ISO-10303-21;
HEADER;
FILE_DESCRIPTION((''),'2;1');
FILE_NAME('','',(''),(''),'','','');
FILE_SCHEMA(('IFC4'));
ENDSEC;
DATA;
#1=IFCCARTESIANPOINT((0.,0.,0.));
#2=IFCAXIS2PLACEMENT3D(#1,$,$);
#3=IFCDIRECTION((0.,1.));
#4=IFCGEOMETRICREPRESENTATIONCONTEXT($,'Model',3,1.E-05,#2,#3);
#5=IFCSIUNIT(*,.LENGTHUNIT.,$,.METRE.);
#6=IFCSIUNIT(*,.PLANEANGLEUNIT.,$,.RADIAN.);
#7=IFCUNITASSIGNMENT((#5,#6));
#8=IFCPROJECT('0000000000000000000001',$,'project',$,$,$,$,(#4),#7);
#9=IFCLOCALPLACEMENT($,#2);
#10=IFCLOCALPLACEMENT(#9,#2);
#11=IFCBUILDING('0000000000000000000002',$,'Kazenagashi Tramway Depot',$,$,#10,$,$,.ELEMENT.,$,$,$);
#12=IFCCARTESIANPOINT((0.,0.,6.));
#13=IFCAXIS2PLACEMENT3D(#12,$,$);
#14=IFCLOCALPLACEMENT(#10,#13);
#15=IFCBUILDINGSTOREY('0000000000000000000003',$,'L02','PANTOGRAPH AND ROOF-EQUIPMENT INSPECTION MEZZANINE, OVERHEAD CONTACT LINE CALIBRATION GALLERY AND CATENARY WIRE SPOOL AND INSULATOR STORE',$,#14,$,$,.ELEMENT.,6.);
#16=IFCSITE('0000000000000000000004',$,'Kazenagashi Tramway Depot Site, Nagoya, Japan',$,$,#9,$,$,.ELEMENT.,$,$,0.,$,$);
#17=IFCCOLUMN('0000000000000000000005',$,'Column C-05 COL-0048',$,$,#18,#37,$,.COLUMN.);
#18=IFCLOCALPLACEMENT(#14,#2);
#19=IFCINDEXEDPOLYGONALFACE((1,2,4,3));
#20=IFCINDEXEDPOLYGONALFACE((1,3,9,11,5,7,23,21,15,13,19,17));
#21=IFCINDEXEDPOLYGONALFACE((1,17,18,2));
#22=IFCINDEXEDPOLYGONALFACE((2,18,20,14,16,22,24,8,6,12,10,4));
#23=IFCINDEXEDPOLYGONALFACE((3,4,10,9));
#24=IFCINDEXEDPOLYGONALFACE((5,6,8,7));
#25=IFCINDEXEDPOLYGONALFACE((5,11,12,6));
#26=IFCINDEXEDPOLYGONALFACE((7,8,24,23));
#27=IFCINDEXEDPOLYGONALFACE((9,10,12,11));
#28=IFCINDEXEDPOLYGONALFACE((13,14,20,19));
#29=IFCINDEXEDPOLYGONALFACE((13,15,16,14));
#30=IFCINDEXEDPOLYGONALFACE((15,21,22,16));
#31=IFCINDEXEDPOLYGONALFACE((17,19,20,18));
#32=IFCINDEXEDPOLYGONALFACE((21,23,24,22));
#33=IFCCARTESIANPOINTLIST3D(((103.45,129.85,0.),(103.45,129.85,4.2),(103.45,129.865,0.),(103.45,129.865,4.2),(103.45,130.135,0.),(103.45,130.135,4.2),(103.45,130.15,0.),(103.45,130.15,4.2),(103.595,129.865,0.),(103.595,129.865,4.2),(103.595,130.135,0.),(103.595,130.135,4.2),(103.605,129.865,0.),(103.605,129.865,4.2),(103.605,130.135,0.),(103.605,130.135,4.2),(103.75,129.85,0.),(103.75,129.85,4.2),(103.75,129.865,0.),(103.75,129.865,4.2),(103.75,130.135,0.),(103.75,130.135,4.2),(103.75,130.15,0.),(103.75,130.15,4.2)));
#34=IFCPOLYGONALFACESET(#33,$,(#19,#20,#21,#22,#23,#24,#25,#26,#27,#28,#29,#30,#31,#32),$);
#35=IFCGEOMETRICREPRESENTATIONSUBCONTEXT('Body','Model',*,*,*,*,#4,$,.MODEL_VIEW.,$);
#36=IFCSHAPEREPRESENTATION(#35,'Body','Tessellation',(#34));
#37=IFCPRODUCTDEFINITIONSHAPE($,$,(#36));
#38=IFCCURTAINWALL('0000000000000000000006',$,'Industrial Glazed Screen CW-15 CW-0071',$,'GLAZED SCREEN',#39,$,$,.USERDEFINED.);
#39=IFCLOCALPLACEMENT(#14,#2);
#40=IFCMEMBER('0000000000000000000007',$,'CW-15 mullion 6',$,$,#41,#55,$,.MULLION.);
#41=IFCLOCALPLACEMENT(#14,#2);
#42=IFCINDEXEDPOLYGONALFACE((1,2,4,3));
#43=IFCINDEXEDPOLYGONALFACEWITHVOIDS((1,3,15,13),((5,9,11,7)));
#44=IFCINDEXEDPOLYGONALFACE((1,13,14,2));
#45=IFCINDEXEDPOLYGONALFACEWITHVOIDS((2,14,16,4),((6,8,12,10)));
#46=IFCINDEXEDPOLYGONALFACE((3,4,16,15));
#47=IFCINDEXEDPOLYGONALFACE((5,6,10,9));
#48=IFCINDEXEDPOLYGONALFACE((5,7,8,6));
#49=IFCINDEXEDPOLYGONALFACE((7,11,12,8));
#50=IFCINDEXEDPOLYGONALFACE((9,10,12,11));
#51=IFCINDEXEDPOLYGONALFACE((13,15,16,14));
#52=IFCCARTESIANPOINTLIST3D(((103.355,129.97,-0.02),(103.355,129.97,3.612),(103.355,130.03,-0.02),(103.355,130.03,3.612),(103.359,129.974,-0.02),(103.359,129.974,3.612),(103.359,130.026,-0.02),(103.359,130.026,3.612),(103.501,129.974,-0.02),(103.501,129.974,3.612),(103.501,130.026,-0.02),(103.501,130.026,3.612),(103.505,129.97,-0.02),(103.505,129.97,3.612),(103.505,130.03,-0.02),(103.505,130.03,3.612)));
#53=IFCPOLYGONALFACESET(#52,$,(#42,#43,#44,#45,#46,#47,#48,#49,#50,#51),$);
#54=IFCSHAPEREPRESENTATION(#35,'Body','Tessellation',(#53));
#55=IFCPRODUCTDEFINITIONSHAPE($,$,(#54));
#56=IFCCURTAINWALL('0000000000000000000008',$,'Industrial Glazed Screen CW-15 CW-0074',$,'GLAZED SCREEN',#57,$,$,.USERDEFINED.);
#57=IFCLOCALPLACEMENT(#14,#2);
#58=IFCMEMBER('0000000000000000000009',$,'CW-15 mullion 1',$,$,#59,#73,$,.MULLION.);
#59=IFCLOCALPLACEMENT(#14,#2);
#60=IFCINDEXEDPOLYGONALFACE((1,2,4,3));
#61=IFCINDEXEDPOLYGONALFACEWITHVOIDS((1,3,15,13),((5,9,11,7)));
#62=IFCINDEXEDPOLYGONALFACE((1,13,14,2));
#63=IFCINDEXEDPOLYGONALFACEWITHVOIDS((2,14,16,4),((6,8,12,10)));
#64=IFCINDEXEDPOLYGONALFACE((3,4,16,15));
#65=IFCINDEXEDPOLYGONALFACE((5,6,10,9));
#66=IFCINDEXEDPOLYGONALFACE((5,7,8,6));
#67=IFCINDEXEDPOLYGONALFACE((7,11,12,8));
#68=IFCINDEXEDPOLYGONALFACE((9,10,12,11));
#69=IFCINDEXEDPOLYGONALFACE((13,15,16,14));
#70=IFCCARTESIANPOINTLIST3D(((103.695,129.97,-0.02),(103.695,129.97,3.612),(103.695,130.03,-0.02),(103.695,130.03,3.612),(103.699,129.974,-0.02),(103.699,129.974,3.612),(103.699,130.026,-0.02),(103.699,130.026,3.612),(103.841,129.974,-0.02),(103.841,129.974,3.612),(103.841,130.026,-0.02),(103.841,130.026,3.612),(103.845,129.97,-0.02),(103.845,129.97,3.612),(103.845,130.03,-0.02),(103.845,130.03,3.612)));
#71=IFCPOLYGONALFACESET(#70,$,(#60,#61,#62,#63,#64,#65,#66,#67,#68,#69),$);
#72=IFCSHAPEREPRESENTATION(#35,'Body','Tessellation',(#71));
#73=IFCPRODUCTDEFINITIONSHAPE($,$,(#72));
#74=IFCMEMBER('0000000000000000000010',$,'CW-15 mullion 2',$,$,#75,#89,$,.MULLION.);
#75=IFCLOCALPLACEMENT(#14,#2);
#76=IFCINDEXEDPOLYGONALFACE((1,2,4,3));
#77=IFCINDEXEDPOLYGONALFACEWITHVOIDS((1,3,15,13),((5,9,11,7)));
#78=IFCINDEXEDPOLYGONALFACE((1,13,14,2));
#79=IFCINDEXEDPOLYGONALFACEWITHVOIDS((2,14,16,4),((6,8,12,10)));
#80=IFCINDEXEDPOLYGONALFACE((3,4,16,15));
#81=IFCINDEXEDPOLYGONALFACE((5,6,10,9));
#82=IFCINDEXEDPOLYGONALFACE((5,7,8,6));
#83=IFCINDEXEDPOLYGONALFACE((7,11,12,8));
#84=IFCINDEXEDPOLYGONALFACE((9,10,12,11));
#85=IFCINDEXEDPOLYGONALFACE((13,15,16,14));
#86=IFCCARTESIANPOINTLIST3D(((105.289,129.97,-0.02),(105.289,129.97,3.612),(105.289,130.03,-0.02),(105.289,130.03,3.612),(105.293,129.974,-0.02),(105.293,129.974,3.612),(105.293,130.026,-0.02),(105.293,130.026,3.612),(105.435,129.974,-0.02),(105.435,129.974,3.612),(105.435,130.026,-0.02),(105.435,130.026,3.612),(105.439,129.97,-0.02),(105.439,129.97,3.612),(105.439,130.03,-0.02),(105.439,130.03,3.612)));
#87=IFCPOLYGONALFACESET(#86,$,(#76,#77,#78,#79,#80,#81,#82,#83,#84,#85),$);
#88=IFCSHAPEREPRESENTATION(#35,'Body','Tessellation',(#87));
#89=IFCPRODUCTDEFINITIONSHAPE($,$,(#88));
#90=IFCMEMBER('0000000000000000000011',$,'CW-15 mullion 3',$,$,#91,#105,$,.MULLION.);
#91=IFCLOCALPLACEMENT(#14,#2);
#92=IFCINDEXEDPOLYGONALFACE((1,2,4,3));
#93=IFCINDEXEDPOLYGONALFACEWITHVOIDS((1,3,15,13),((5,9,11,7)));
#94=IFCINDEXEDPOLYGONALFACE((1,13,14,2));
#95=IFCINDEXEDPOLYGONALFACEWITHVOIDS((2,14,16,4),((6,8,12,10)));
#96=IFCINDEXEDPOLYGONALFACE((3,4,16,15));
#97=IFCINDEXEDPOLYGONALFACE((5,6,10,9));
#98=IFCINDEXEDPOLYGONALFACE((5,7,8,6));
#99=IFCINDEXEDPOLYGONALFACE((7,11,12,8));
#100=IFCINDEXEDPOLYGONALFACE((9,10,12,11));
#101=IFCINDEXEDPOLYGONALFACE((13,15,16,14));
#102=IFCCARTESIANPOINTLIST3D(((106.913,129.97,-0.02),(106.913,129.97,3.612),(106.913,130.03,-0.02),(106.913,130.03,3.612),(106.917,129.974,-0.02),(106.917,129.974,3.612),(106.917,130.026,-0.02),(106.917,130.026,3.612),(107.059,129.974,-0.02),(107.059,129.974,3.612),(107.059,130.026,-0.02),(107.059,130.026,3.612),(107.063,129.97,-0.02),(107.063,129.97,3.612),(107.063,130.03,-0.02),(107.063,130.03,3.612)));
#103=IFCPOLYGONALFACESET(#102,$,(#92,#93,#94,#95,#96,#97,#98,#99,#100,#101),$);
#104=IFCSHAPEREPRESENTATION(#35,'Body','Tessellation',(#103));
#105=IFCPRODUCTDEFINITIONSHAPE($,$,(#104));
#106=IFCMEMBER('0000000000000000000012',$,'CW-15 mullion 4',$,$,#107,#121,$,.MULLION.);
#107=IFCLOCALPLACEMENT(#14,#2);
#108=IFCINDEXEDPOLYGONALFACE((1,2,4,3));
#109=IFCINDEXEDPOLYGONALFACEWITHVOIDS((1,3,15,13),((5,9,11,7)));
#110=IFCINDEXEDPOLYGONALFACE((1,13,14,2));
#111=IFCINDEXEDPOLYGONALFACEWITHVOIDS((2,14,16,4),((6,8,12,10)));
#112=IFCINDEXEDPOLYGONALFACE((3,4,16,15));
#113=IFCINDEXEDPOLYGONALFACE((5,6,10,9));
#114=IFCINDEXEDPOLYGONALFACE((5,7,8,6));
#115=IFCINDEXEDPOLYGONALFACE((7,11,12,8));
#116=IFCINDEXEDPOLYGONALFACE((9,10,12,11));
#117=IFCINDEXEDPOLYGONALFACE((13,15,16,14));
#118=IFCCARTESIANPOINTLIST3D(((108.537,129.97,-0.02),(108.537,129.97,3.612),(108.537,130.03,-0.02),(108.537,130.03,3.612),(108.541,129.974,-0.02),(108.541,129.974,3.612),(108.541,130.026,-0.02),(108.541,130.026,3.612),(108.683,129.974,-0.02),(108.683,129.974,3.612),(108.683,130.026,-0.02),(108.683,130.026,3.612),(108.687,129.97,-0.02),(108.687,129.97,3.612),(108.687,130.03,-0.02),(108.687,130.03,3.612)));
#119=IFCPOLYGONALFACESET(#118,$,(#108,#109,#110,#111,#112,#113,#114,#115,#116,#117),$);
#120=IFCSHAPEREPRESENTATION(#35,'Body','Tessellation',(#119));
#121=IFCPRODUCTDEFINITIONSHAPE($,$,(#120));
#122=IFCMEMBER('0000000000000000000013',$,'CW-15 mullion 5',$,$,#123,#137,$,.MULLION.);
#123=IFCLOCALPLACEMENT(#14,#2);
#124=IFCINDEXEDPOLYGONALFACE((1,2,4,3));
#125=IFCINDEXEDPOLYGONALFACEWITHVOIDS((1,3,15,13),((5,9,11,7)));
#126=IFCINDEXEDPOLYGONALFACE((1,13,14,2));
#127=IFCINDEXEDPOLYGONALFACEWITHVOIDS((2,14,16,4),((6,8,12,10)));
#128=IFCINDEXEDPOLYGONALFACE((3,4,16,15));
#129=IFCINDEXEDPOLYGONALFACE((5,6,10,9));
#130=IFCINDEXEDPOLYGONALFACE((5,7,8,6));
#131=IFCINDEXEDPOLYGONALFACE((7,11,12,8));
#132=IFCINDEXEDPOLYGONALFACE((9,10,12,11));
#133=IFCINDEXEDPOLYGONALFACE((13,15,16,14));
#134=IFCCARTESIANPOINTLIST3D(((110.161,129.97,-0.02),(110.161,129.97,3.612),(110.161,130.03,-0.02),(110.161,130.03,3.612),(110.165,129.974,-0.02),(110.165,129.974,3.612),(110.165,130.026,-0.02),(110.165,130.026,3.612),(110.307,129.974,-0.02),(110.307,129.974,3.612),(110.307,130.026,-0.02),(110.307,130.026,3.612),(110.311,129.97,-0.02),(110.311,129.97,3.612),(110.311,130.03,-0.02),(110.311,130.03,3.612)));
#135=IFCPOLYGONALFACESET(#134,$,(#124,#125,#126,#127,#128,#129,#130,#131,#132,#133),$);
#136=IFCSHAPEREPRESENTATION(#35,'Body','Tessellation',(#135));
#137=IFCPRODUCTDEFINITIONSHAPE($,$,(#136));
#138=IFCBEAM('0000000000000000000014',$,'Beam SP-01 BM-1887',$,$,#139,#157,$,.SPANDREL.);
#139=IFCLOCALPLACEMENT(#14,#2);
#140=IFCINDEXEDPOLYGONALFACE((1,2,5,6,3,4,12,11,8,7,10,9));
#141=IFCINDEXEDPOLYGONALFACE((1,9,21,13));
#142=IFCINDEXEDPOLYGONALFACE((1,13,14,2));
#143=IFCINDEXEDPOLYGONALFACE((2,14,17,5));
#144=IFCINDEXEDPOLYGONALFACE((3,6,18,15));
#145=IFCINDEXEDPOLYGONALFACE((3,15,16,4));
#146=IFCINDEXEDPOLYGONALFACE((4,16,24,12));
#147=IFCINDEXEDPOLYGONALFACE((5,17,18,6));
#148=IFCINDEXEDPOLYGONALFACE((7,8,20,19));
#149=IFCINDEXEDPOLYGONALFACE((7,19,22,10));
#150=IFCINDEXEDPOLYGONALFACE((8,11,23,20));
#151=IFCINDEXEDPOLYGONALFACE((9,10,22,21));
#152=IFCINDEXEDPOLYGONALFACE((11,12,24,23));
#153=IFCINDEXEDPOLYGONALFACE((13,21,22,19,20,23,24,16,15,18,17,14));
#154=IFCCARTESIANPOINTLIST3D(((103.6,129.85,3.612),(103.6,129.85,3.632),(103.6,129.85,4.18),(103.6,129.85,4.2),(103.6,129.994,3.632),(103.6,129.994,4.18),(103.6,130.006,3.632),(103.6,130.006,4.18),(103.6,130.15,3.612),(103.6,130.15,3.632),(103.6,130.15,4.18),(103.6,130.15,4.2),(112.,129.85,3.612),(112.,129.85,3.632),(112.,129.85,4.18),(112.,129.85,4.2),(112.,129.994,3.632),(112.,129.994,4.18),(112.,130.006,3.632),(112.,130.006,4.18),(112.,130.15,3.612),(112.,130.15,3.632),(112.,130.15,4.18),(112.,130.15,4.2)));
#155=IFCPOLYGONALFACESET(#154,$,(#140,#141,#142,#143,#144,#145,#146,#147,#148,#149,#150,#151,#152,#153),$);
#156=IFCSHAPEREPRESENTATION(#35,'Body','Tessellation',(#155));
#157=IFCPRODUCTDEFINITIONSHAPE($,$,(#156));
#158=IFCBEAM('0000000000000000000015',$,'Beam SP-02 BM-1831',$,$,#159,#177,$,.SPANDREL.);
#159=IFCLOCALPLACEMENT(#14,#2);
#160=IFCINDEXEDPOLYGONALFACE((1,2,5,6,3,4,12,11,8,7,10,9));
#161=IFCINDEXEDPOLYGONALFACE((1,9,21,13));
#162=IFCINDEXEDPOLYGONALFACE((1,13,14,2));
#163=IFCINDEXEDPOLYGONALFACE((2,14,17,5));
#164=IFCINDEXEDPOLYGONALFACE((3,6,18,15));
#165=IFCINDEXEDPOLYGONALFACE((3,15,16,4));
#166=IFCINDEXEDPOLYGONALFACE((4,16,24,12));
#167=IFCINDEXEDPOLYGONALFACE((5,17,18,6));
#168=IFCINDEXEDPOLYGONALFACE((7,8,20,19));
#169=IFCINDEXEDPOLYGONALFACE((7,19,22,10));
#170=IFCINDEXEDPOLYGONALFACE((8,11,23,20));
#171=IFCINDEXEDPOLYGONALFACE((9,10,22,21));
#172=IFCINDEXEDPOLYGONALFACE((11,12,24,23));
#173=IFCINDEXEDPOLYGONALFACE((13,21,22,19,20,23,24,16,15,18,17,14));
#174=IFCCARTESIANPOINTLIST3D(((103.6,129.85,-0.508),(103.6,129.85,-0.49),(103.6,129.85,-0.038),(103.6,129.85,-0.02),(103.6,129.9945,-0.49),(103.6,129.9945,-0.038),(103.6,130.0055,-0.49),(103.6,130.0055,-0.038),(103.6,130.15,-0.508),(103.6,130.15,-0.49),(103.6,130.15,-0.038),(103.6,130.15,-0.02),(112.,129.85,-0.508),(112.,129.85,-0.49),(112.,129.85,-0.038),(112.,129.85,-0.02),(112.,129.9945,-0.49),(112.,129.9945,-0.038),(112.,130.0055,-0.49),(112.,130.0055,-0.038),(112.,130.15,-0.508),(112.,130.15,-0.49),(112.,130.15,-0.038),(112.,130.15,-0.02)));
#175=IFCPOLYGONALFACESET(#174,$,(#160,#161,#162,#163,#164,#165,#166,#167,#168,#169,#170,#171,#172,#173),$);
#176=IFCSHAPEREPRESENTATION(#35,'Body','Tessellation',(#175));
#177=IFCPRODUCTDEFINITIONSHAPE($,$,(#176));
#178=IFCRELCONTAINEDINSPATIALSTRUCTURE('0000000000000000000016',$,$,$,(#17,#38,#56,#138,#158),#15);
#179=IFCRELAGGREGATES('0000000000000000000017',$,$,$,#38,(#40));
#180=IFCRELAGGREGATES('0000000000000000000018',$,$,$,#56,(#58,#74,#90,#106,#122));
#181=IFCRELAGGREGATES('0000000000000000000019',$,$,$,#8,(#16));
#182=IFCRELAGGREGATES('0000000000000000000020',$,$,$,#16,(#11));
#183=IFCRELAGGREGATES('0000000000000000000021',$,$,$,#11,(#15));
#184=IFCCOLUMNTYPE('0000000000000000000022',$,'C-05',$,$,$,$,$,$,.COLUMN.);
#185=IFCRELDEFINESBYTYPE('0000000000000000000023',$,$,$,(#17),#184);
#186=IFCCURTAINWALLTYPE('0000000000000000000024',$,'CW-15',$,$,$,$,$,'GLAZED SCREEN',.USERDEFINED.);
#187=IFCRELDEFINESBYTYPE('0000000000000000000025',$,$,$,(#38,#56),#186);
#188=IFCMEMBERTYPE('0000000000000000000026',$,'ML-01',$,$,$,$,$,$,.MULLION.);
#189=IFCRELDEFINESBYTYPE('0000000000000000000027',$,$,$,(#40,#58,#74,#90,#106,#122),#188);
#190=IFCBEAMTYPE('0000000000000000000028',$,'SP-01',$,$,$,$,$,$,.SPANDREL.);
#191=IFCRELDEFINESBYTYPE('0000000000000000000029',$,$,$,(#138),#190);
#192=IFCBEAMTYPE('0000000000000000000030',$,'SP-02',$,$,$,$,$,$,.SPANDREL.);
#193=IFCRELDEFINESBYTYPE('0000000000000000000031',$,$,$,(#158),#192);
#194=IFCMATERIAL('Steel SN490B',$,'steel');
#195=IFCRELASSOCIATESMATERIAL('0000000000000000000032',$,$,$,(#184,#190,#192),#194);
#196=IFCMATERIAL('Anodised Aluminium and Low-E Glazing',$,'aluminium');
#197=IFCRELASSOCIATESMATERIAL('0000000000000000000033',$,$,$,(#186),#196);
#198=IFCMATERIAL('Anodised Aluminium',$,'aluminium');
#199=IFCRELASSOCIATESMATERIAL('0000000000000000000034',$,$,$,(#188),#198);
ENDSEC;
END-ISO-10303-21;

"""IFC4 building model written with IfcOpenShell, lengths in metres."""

from ifc_helpers import new_model, si_unit, direction, frame, origin, origin_2d, place, context, subcontext, project, spatial, hollow_rectangle, i_section, extrude, material, material_profile, profile_set, type_object, element, aggregate, save


model = new_model("IFC4")

# Units and contexts
model_context = context("Model", 3, precision=1e-05, world=origin(), true_north=direction((0.0, 1.0)))
body_context = subcontext(model_context, "Body", "Model", "MODEL_VIEW")
ifc_project = project(units=[si_unit("LENGTHUNIT", "METRE"), si_unit("PLANEANGLEUNIT", "RADIAN")], contexts=[model_context])

# Site, building, storey
site_placement = place(None, origin())
site = spatial("IfcSite", under=ifc_project, at=site_placement, Name="Kazenagashi Tramway Depot Site, Nagoya, Japan", CompositionType="ELEMENT", RefElevation=0.0)
building_placement = place(site_placement, origin())
building = spatial("IfcBuilding", under=site, at=building_placement, Name="Kazenagashi Tramway Depot", CompositionType="ELEMENT")
storey_placement = place(building_placement, frame((0.0, 0.0, 6.0)))
storey = spatial("IfcBuildingStorey", under=building, at=storey_placement, Name="L02", Description="PANTOGRAPH AND ROOF-EQUIPMENT INSPECTION MEZZANINE, OVERHEAD CONTACT LINE CALIBRATION GALLERY AND CATENARY WIRE SPOOL AND INSULATOR STORE", CompositionType="ELEMENT", Elevation=6.0)

# Column
ifc_material_1 = material(Name="Steel SN490B", Category="steel")
ifc_material_profile_1 = material_profile(ifc_material_1, i_section(OverallWidth=0.3, OverallDepth=0.3, WebThickness=0.01, FlangeThickness=0.015, at=origin_2d()), Name="H-300x300x10x15")
ifc_profile_set_1 = profile_set([ifc_material_profile_1], Name="Steel SN490B")
column_type = type_object("IfcColumnType", Name="C-05", PredefinedType="COLUMN", material=ifc_profile_set_1)
column_placement = place(storey_placement, frame((103.6, 130.0, 0.0), z_axis=(0.0, 0.0, 1.0), x_axis=(1.0, 0.0, 0.0)))
element("IfcColumn", 1, at=column_placement, inside=storey, type_object=column_type, Name="Column C-05 COL-0048", PredefinedType="COLUMN", context=body_context, shape_type="SweptSolid", body=[
    extrude(i_section(OverallWidth=0.3, OverallDepth=0.3, WebThickness=0.01, FlangeThickness=0.015, at=origin_2d()), origin(), (0.0, 0.0, 1.0), 4.2),
])

# Curtain wall, member
ifc_material_2 = material(Name="Anodised Aluminium and Low-E Glazing", Category="aluminium")
curtain_wall_type = type_object("IfcCurtainWallType", Name="CW-15", ElementType="GLAZED SCREEN", PredefinedType="USERDEFINED", material=ifc_material_2)
curtain_wall_1_placement = place(storey_placement, origin())
curtain_wall_1 = element("IfcCurtainWall", 2, at=curtain_wall_1_placement, inside=storey, type_object=curtain_wall_type, Name="Industrial Glazed Screen CW-15 CW-0071", ObjectType="GLAZED SCREEN", PredefinedType="USERDEFINED")
ifc_material_3 = material(Name="Anodised Aluminium", Category="aluminium")
ifc_material_profile_2 = material_profile(ifc_material_3, hollow_rectangle(XDim=0.06, YDim=0.15, WallThickness=0.004, at=origin_2d()), Name="RHS-150x60x4")
ifc_profile_set_2 = profile_set([ifc_material_profile_2], Name="Anodised Aluminium")
member_type_1 = type_object("IfcMemberType", Name="ML-01", PredefinedType="MULLION", material=ifc_profile_set_2)
member_1_placement = place(storey_placement, frame((103.43, 130.0, -0.02), z_axis=(0.0, 0.0, 1.0), x_axis=(0.0, 1.0, 0.0)))
member_1 = element("IfcMember", 3, at=member_1_placement, type_object=member_type_1, Name="CW-15 mullion 6", PredefinedType="MULLION", context=body_context, shape_type="SweptSolid", body=[
    extrude(hollow_rectangle(XDim=0.06, YDim=0.15, WallThickness=0.004, at=origin_2d()), origin(), (0.0, 0.0, 1.0), 3.632),
])

# Curtain wall, members
curtain_wall_2_placement = place(storey_placement, origin())
curtain_wall_2 = element("IfcCurtainWall", 4, at=curtain_wall_2_placement, inside=storey, type_object=curtain_wall_type, Name="Industrial Glazed Screen CW-15 CW-0074", ObjectType="GLAZED SCREEN", PredefinedType="USERDEFINED")
member_2_placement = place(storey_placement, frame((103.77, 130.0, -0.02), z_axis=(0.0, 0.0, 1.0), x_axis=(0.0, 1.0, 0.0)))
member_2 = element("IfcMember", 5, at=member_2_placement, type_object=member_type_1, Name="CW-15 mullion 1", PredefinedType="MULLION", context=body_context, shape_type="SweptSolid", body=[
    extrude(hollow_rectangle(XDim=0.06, YDim=0.15, WallThickness=0.004, at=origin_2d()), origin(), (0.0, 0.0, 1.0), 3.632),
])
member_3_placement = place(storey_placement, frame((105.364, 130.0, -0.02), z_axis=(0.0, 0.0, 1.0), x_axis=(0.0, 1.0, 0.0)))
member_3 = element("IfcMember", 6, at=member_3_placement, type_object=member_type_1, Name="CW-15 mullion 2", PredefinedType="MULLION", context=body_context, shape_type="SweptSolid", body=[
    extrude(hollow_rectangle(XDim=0.06, YDim=0.15, WallThickness=0.004, at=origin_2d()), origin(), (0.0, 0.0, 1.0), 3.632),
])
member_4_placement = place(storey_placement, frame((106.988, 130.0, -0.02), z_axis=(0.0, 0.0, 1.0), x_axis=(0.0, 1.0, 0.0)))
member_4 = element("IfcMember", 7, at=member_4_placement, type_object=member_type_1, Name="CW-15 mullion 3", PredefinedType="MULLION", context=body_context, shape_type="SweptSolid", body=[
    extrude(hollow_rectangle(XDim=0.06, YDim=0.15, WallThickness=0.004, at=origin_2d()), origin(), (0.0, 0.0, 1.0), 3.632),
])
member_5_placement = place(storey_placement, frame((108.612, 130.0, -0.02), z_axis=(0.0, 0.0, 1.0), x_axis=(0.0, 1.0, 0.0)))
member_5 = element("IfcMember", 8, at=member_5_placement, type_object=member_type_1, Name="CW-15 mullion 4", PredefinedType="MULLION", context=body_context, shape_type="SweptSolid", body=[
    extrude(hollow_rectangle(XDim=0.06, YDim=0.15, WallThickness=0.004, at=origin_2d()), origin(), (0.0, 0.0, 1.0), 3.632),
])
member_6_placement = place(storey_placement, frame((110.236, 130.0, -0.02), z_axis=(0.0, 0.0, 1.0), x_axis=(0.0, 1.0, 0.0)))
member_6 = element("IfcMember", 9, at=member_6_placement, type_object=member_type_1, Name="CW-15 mullion 5", PredefinedType="MULLION", context=body_context, shape_type="SweptSolid", body=[
    extrude(hollow_rectangle(XDim=0.06, YDim=0.15, WallThickness=0.004, at=origin_2d()), origin(), (0.0, 0.0, 1.0), 3.632),
])

# Beams
ifc_material_profile_3 = material_profile(ifc_material_1, i_section(OverallWidth=0.3, OverallDepth=0.588, WebThickness=0.012, FlangeThickness=0.02, at=origin_2d()), Name="H-588x300x12x20")
ifc_profile_set_3 = profile_set([ifc_material_profile_3], Name="Steel SN490B")
beam_type_1 = type_object("IfcBeamType", Name="SP-01", PredefinedType="SPANDREL", material=ifc_profile_set_3)
beam_1_placement = place(storey_placement, frame((103.6, 130.0, 3.906), z_axis=(1.0, 0.0, 0.0), x_axis=(0.0, 1.0, 0.0)))
element("IfcBeam", 10, at=beam_1_placement, inside=storey, type_object=beam_type_1, Name="Beam SP-01 BM-1887", PredefinedType="SPANDREL", context=body_context, shape_type="SweptSolid", body=[
    extrude(i_section(OverallWidth=0.3, OverallDepth=0.588, WebThickness=0.012, FlangeThickness=0.02, at=origin_2d()), origin(), (0.0, 0.0, 1.0), 8.4),
])
ifc_material_profile_4 = material_profile(ifc_material_1, i_section(OverallWidth=0.3, OverallDepth=0.488, WebThickness=0.011, FlangeThickness=0.018, at=origin_2d()), Name="H-488x300x11x18")
ifc_profile_set_4 = profile_set([ifc_material_profile_4], Name="Steel SN490B")
beam_type_2 = type_object("IfcBeamType", Name="SP-02", PredefinedType="SPANDREL", material=ifc_profile_set_4)
beam_2_placement = place(storey_placement, frame((103.6, 130.0, -0.264), z_axis=(1.0, 0.0, 0.0), x_axis=(0.0, 1.0, 0.0)))
element("IfcBeam", 11, at=beam_2_placement, inside=storey, type_object=beam_type_2, Name="Beam SP-02 BM-1831", PredefinedType="SPANDREL", context=body_context, shape_type="SweptSolid", body=[
    extrude(i_section(OverallWidth=0.3, OverallDepth=0.488, WebThickness=0.011, FlangeThickness=0.018, at=origin_2d()), origin(), (0.0, 0.0, 1.0), 8.4),
])

aggregate(curtain_wall_1, [member_1])
aggregate(curtain_wall_2, [member_2, member_3, member_4, member_5, member_6])

save(model, "model.ifc")
